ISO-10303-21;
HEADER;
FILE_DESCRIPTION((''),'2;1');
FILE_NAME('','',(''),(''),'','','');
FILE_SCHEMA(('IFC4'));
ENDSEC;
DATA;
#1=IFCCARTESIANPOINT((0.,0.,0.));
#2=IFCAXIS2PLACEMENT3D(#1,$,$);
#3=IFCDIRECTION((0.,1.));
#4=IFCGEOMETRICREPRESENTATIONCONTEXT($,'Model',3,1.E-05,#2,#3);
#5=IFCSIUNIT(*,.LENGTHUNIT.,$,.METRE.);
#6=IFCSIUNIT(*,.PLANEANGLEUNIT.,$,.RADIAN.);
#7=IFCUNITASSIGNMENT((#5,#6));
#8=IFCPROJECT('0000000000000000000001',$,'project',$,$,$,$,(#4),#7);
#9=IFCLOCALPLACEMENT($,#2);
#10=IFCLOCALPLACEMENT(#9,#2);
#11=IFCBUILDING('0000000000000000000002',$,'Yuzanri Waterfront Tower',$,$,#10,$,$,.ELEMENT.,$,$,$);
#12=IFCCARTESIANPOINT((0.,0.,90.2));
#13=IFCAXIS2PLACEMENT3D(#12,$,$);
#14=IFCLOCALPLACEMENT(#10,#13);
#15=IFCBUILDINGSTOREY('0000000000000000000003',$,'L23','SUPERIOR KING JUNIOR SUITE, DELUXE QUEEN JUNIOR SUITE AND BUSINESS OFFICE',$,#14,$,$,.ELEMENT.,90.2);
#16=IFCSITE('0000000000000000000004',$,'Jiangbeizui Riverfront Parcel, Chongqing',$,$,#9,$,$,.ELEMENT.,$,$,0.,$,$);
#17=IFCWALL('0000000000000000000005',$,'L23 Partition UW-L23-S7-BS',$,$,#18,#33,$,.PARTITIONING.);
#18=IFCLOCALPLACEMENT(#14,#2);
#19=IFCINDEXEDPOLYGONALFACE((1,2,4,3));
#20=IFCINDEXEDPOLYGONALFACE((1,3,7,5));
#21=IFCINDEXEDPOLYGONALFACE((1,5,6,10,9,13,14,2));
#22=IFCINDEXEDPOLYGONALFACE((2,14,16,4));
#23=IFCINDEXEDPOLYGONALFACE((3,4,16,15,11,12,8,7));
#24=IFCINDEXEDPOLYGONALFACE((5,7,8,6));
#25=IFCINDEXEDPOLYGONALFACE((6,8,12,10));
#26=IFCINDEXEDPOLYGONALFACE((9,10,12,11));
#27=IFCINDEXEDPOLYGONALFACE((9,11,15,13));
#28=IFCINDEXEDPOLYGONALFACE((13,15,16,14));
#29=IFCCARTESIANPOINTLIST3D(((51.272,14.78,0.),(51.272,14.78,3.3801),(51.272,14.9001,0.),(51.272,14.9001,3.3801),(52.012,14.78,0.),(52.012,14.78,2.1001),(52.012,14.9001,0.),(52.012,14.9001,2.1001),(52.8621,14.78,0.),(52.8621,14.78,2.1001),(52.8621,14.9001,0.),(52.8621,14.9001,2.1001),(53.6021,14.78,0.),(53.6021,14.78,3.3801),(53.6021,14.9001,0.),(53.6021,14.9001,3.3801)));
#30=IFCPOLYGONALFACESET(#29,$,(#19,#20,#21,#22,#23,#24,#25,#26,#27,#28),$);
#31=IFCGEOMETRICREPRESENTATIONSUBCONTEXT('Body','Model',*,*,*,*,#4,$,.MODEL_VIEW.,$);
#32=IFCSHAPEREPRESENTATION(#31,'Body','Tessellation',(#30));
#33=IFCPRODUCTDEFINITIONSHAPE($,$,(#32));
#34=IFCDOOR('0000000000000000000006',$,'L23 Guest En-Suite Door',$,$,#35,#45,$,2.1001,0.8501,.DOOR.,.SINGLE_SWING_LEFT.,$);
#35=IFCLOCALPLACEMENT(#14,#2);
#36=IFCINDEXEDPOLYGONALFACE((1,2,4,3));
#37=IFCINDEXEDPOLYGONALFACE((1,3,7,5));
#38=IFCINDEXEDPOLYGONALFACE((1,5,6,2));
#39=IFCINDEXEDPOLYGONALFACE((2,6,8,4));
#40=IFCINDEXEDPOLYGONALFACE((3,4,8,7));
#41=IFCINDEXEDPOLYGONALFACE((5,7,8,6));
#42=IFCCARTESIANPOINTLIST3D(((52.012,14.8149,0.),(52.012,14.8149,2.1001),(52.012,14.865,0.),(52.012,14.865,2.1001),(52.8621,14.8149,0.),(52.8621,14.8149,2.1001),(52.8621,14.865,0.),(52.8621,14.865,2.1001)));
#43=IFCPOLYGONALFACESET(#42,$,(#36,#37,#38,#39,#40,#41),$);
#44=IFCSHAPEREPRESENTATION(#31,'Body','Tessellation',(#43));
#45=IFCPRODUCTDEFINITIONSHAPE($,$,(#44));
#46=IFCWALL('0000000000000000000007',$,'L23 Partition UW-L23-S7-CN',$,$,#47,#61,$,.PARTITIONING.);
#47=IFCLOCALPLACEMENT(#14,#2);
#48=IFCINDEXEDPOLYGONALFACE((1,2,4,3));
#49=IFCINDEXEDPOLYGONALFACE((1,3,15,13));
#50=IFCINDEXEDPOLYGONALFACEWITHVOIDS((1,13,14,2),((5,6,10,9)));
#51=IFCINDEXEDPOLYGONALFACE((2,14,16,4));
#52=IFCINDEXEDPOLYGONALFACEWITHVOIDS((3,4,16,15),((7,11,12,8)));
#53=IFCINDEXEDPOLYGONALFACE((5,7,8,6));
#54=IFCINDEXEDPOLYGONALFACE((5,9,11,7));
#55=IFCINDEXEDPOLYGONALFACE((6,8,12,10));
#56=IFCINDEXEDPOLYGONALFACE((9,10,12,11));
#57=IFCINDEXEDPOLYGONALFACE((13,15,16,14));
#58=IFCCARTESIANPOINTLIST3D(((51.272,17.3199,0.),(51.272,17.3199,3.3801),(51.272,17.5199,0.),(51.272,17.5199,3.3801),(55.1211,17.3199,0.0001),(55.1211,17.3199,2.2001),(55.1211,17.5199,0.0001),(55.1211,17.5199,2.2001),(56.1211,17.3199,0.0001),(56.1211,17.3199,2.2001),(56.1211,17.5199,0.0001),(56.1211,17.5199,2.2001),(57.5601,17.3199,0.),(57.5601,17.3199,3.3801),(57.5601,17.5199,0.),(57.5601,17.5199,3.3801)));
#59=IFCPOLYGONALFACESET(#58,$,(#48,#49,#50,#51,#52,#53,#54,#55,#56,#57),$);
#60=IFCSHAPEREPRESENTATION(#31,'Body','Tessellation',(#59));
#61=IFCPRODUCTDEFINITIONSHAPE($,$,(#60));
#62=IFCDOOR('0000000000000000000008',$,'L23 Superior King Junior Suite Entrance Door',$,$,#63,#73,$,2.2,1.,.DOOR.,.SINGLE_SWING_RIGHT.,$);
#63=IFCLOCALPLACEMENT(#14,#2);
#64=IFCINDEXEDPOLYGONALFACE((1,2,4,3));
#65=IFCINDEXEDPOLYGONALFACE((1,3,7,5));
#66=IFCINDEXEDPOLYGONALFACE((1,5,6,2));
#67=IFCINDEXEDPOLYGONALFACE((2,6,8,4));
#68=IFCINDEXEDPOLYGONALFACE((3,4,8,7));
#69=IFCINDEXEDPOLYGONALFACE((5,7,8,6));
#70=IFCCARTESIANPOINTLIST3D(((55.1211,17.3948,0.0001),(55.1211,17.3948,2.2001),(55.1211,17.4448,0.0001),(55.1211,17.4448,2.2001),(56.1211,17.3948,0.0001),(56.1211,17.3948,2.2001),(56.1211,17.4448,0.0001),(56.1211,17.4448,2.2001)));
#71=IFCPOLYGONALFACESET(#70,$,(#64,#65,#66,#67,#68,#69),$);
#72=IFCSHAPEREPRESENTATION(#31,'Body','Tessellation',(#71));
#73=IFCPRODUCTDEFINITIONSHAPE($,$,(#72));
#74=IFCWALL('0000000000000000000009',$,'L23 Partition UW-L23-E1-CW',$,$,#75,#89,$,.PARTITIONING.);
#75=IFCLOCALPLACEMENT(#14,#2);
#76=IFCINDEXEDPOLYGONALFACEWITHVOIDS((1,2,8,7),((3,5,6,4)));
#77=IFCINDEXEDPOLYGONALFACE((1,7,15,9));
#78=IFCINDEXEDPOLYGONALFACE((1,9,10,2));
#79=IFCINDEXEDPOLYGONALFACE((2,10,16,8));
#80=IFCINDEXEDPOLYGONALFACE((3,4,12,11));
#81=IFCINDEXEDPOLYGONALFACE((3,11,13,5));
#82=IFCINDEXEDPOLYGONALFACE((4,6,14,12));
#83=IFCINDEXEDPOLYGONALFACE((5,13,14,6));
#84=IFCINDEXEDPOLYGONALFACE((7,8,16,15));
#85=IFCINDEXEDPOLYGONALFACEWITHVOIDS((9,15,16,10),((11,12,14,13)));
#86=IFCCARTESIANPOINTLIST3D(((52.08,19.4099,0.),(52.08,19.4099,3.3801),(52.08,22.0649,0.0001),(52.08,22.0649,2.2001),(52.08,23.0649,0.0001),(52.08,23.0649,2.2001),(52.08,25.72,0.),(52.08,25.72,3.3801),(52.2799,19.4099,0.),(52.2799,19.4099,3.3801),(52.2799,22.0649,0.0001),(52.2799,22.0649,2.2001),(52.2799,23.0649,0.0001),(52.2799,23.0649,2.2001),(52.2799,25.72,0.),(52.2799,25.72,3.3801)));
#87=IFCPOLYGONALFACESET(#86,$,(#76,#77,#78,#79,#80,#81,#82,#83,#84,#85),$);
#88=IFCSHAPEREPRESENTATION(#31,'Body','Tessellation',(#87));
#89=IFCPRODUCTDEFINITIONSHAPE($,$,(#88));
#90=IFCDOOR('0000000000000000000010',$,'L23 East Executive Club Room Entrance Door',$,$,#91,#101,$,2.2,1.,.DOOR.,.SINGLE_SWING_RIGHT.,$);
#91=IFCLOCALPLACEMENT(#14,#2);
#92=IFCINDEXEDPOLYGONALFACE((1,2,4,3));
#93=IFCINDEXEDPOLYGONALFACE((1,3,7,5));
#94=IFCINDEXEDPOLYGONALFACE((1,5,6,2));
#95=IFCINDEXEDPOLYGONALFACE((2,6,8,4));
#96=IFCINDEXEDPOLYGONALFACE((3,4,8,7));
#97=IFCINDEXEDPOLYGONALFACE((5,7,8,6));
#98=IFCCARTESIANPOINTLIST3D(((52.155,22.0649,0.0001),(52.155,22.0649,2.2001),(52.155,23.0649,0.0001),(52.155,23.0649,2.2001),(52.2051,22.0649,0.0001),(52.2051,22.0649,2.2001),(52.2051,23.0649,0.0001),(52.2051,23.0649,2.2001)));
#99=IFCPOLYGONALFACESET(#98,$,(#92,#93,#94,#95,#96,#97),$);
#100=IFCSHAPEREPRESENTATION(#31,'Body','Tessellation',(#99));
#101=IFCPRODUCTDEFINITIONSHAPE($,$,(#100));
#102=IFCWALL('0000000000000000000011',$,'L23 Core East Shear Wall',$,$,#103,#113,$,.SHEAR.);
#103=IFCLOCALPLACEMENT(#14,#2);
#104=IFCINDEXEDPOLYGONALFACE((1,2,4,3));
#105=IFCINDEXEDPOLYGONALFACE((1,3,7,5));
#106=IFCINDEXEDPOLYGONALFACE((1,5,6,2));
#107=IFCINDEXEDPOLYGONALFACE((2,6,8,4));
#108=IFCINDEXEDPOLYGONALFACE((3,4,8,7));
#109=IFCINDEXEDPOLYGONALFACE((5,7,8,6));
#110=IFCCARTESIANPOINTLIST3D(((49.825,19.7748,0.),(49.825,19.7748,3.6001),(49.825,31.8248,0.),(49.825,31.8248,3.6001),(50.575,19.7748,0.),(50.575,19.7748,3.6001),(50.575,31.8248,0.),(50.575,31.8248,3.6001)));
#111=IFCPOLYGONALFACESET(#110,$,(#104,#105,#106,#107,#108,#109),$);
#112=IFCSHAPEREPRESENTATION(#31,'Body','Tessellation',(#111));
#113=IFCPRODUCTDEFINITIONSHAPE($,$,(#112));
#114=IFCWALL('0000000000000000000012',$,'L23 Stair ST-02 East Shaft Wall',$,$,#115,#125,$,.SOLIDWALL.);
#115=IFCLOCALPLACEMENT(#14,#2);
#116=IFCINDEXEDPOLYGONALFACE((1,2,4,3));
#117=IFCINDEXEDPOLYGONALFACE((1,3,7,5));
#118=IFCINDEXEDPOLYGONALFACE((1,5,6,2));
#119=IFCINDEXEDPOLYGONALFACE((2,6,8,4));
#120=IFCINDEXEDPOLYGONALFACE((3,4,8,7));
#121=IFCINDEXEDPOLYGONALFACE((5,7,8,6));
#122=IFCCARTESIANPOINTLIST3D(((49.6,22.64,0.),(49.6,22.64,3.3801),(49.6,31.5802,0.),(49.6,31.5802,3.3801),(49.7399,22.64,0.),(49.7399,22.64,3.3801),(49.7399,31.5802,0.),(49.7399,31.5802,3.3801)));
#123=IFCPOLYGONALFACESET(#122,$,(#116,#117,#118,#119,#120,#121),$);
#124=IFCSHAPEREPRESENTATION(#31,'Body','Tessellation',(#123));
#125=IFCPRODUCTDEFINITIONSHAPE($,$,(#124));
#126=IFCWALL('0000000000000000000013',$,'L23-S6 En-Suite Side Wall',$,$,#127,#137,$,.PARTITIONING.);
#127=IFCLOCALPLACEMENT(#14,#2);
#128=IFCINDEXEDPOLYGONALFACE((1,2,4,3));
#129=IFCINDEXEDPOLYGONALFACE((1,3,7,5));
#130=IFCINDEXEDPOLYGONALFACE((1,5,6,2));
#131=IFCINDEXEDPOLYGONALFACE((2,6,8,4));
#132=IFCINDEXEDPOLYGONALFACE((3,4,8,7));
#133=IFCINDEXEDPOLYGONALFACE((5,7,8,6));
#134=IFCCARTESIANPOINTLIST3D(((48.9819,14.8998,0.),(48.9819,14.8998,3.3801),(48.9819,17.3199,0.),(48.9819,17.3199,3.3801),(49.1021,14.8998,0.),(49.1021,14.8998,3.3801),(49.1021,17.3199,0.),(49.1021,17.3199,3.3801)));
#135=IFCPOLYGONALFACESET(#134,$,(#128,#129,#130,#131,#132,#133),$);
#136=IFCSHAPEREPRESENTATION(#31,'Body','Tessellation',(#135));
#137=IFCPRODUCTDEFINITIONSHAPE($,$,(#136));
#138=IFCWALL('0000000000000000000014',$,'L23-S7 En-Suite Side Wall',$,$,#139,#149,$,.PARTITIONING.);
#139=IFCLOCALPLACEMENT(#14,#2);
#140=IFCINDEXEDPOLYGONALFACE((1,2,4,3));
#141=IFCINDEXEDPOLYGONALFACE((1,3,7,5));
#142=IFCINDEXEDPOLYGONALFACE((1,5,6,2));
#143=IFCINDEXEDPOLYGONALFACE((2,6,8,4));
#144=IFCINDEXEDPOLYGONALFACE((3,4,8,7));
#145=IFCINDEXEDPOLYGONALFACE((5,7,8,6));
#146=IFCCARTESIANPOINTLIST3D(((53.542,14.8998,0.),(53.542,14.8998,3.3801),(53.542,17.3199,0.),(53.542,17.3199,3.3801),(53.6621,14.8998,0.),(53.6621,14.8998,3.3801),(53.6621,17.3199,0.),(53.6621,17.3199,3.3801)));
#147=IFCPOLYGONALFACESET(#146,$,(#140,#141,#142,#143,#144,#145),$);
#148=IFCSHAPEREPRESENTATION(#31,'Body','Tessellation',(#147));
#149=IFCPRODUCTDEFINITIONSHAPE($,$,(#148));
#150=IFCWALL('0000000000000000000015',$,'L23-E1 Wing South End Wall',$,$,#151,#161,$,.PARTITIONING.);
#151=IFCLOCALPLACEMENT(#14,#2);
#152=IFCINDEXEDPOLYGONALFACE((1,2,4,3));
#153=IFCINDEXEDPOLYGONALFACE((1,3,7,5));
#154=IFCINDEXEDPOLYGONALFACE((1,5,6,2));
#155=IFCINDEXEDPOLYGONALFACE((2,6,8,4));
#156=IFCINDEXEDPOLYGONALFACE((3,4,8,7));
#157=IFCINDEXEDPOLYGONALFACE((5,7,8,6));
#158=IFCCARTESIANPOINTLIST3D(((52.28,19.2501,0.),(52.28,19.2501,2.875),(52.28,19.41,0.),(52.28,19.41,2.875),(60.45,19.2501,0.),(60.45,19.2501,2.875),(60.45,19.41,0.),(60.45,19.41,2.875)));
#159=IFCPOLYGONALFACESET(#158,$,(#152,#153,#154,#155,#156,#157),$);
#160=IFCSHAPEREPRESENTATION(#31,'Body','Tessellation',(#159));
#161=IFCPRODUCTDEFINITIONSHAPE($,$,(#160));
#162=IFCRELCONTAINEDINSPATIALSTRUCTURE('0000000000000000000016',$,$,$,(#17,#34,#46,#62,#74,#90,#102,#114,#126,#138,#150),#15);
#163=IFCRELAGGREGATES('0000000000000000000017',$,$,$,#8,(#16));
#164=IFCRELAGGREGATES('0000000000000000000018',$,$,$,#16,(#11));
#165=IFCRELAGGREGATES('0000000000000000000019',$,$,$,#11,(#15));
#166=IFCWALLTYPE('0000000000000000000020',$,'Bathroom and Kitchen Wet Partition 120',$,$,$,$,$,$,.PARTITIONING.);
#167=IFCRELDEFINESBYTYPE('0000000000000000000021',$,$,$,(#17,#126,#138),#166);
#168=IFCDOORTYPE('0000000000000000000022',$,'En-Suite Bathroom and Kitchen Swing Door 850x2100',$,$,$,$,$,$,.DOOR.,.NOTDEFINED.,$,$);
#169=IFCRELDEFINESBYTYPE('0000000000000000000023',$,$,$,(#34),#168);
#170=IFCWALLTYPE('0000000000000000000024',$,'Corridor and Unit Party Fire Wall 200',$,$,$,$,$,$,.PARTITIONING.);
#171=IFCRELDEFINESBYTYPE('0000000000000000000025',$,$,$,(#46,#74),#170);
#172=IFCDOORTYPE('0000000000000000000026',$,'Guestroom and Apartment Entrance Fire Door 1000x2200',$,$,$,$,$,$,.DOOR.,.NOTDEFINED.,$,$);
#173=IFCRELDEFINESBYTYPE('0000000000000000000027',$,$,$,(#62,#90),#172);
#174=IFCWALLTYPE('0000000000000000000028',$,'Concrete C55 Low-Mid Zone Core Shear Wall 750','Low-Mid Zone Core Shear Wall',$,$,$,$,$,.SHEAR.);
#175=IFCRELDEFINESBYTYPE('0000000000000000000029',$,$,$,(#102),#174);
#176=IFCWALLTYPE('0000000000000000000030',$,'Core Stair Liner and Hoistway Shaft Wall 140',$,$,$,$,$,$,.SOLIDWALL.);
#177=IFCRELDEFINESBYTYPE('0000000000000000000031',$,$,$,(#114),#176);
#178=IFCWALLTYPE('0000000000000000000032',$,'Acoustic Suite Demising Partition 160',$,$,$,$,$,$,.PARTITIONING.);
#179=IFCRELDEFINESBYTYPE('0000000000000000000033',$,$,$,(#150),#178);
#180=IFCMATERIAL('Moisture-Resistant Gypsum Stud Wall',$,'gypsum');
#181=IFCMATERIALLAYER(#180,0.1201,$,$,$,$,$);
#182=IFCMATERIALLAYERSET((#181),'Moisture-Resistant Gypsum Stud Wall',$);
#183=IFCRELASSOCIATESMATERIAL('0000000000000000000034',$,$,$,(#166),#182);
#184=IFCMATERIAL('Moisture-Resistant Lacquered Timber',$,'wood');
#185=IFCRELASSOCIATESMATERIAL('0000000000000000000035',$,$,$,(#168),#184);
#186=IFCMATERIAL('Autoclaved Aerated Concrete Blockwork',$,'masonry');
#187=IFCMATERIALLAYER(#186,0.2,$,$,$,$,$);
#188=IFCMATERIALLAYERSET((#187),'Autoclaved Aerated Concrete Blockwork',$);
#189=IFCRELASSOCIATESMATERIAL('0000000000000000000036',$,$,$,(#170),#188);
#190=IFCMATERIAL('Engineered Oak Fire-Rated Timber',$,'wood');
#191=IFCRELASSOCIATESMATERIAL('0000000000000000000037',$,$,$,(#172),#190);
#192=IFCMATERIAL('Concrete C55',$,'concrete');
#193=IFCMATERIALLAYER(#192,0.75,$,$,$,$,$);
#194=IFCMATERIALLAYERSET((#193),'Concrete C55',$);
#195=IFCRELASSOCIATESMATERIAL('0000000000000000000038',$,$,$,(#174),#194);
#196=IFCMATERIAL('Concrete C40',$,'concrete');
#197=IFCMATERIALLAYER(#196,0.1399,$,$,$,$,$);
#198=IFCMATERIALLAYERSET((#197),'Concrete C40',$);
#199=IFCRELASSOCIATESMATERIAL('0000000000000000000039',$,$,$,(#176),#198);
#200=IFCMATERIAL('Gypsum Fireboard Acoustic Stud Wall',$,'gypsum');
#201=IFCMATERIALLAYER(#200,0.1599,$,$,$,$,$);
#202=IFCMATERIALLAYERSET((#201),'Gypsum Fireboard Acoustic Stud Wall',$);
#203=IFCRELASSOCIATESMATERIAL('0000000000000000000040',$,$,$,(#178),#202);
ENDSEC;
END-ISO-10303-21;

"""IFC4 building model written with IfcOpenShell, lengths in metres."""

from ifc_helpers import new_model, si_unit, direction, frame, frame_2d, origin, place, context, subcontext, project, spatial, rectangle, extrude, source, transform, mapped, material, layer, layer_set, type_object, element, fill, save


model = new_model("IFC4")

# Units and contexts
model_context = context("Model", 3, precision=1e-05, world=origin(), true_north=direction((0.0, 1.0)))
body_context = subcontext(model_context, "Body", "Model", "MODEL_VIEW")
ifc_project = project(units=[si_unit("LENGTHUNIT", "METRE"), si_unit("PLANEANGLEUNIT", "RADIAN")], contexts=[model_context])

# Site, building, storey
site_placement = place(None, origin())
site = spatial("IfcSite", under=ifc_project, at=site_placement, Name="Jiangbeizui Riverfront Parcel, Chongqing", CompositionType="ELEMENT", RefElevation=0.0)
building_placement = place(site_placement, origin())
building = spatial("IfcBuilding", under=site, at=building_placement, Name="Yuzanri Waterfront Tower", CompositionType="ELEMENT")
storey_placement = place(building_placement, frame((0.0, 0.0, 90.2)))
storey = spatial("IfcBuildingStorey", under=building, at=storey_placement, Name="L23", Description="SUPERIOR KING JUNIOR SUITE, DELUXE QUEEN JUNIOR SUITE AND BUSINESS OFFICE", CompositionType="ELEMENT", Elevation=90.2)

# Walls, openings, doors
ifc_material_1 = material(Name="Moisture-Resistant Gypsum Stud Wall", Category="gypsum")
ifc_layer_1 = layer(ifc_material_1, 0.1201)
ifc_layer_set_1 = layer_set([ifc_layer_1], Name="Moisture-Resistant Gypsum Stud Wall")
wall_type_1 = type_object("IfcWallType", Name="Bathroom and Kitchen Wet Partition 120", PredefinedType="PARTITIONING", material=ifc_layer_set_1)
wall_1_placement = place(storey_placement, frame((51.272, 14.8401, 0.0), z_axis=(0.0, 0.0, 1.0), x_axis=(1.0, 0.0, 0.0)))
wall_1 = element("IfcWall", 1, at=wall_1_placement, inside=storey, type_object=wall_type_1, Name="L23 Partition UW-L23-S7-BS", PredefinedType="PARTITIONING", context=body_context, shape_type="SweptSolid", body=[
    extrude(rectangle(XDim=2.3301, YDim=0.1201, at=frame_2d((1.165, 0.0))), origin(), (0.0, 0.0, 1.0), 3.3801),
])
opening_1_placement = place(wall_1_placement, frame((0.74, 0.0, 0.0)))
opening_1 = element("IfcOpeningElement", 2, at=opening_1_placement, cuts=wall_1, PredefinedType="OPENING", context=body_context, shape_type="SweptSolid", body=[
    extrude(rectangle(XDim=0.8501, YDim=2.1001, at=frame_2d((0.425, 1.05))), frame((0.0, 0.075, 0.0), z_axis=(0.0, -1.0, 0.0), x_axis=(1.0, 0.0, 0.0)), (0.0, 0.0, 1.0), 0.1499),
])
ifc_material_2 = material(Name="Moisture-Resistant Lacquered Timber", Category="wood")
door_type_1 = type_object("IfcDoorType", Name="En-Suite Bathroom and Kitchen Swing Door 850x2100", OperationType="NOTDEFINED", PredefinedType="DOOR", material=ifc_material_2)
shared_shape_1 = source(origin(), body_context, "Body", "SweptSolid", [
    extrude(rectangle(XDim=0.8501, YDim=2.1001, at=frame_2d((0.425, 1.05))), frame((0.0, 0.0249, 0.0), z_axis=(0.0, -1.0, 0.0), x_axis=(1.0, 0.0, 0.0)), (0.0, 0.0, 1.0), 0.05),
])
door_1_placement = place(opening_1_placement, origin())
door_1 = element("IfcDoor", 3, at=door_1_placement, inside=storey, type_object=door_type_1, Name="L23 Guest En-Suite Door", OperationType="SINGLE_SWING_LEFT", OverallHeight=2.1001, OverallWidth=0.8501, PredefinedType="DOOR", context=body_context, shape_type="MappedRepresentation", body=[
    mapped(shared_shape_1, transform((0.0, 0.0, 0.0), scale=1.0)),
])
fill(opening_1, door_1)
ifc_material_3 = material(Name="Autoclaved Aerated Concrete Blockwork", Category="masonry")
ifc_layer_2 = layer(ifc_material_3, 0.2)
ifc_layer_set_2 = layer_set([ifc_layer_2], Name="Autoclaved Aerated Concrete Blockwork")
wall_type_2 = type_object("IfcWallType", Name="Corridor and Unit Party Fire Wall 200", PredefinedType="PARTITIONING", material=ifc_layer_set_2)
wall_2_placement = place(storey_placement, frame((51.272, 17.4199, 0.0), z_axis=(0.0, 0.0, 1.0), x_axis=(1.0, 0.0, 0.0)))
wall_2 = element("IfcWall", 4, at=wall_2_placement, inside=storey, type_object=wall_type_2, Name="L23 Partition UW-L23-S7-CN", PredefinedType="PARTITIONING", context=body_context, shape_type="SweptSolid", body=[
    extrude(rectangle(XDim=6.2881, YDim=0.2, at=frame_2d((3.144, 0.0))), origin(), (0.0, 0.0, 1.0), 3.3801),
])
opening_2_placement = place(wall_2_placement, frame((3.8491, 0.0, 0.0)))
opening_2 = element("IfcOpeningElement", 5, at=opening_2_placement, cuts=wall_2, PredefinedType="OPENING", context=body_context, shape_type="SweptSolid", body=[
    extrude(rectangle(XDim=1.0, YDim=2.2, at=frame_2d((0.5, 1.1001))), frame((0.0, 0.1147, 0.0), z_axis=(0.0, -1.0, 0.0), x_axis=(1.0, 0.0, 0.0)), (0.0, 0.0, 1.0), 0.2297),
])
ifc_material_4 = material(Name="Engineered Oak Fire-Rated Timber", Category="wood")
door_type_2 = type_object("IfcDoorType", Name="Guestroom and Apartment Entrance Fire Door 1000x2200", OperationType="NOTDEFINED", PredefinedType="DOOR", material=ifc_material_4)
shared_shape_2 = source(origin(), body_context, "Body", "SweptSolid", [
    extrude(rectangle(XDim=1.0, YDim=2.2, at=frame_2d((0.5, 1.1001))), frame((0.0, 0.0249, 0.0), z_axis=(0.0, -1.0, 0.0), x_axis=(1.0, 0.0, 0.0)), (0.0, 0.0, 1.0), 0.05),
])
door_2_placement = place(opening_2_placement, origin())
door_2 = element("IfcDoor", 6, at=door_2_placement, inside=storey, type_object=door_type_2, Name="L23 Superior King Junior Suite Entrance Door", OperationType="SINGLE_SWING_RIGHT", OverallHeight=2.2, OverallWidth=1.0, PredefinedType="DOOR", context=body_context, shape_type="MappedRepresentation", body=[
    mapped(shared_shape_2, transform((0.0, 0.0, 0.0), scale=1.0)),
])
fill(opening_2, door_2)
wall_3_placement = place(storey_placement, frame((52.1799, 19.4099, 0.0), z_axis=(0.0, 0.0, 1.0), x_axis=(0.0, 1.0, 0.0)))
wall_3 = element("IfcWall", 7, at=wall_3_placement, inside=storey, type_object=wall_type_2, Name="L23 Partition UW-L23-E1-CW", PredefinedType="PARTITIONING", context=body_context, shape_type="SweptSolid", body=[
    extrude(rectangle(XDim=6.3101, YDim=0.2, at=frame_2d((3.155, 0.0))), origin(), (0.0, 0.0, 1.0), 3.3801),
])
opening_3_placement = place(wall_3_placement, frame((2.655, 0.0, 0.0)))
opening_3 = element("IfcOpeningElement", 8, at=opening_3_placement, cuts=wall_3, PredefinedType="OPENING", context=body_context, shape_type="SweptSolid", body=[
    extrude(rectangle(XDim=1.0, YDim=2.2, at=frame_2d((0.5, 1.1001))), frame((0.0, 0.1147, 0.0), z_axis=(0.0, -1.0, 0.0), x_axis=(1.0, 0.0, 0.0)), (0.0, 0.0, 1.0), 0.2297),
])
door_3_placement = place(opening_3_placement, origin())
door_3 = element("IfcDoor", 9, at=door_3_placement, inside=storey, type_object=door_type_2, Name="L23 East Executive Club Room Entrance Door", OperationType="SINGLE_SWING_RIGHT", OverallHeight=2.2, OverallWidth=1.0, PredefinedType="DOOR", context=body_context, shape_type="MappedRepresentation", body=[
    mapped(shared_shape_2, transform((0.0, 0.0, 0.0), scale=1.0)),
])
fill(opening_3, door_3)

# Walls
ifc_material_5 = material(Name="Concrete C55", Category="concrete")
ifc_layer_3 = layer(ifc_material_5, 0.75)
ifc_layer_set_3 = layer_set([ifc_layer_3], Name="Concrete C55")
wall_type_3 = type_object("IfcWallType", Name="Concrete C55 Low-Mid Zone Core Shear Wall 750", Description="Low-Mid Zone Core Shear Wall", PredefinedType="SHEAR", material=ifc_layer_set_3)
shared_shape_3 = source(origin(), body_context, "Body", "SweptSolid", [
    extrude(rectangle(XDim=12.05, YDim=0.75, at=frame_2d((6.0249, 0.0))), origin(), (0.0, 0.0, 1.0), 3.6001),
])
wall_4_placement = place(storey_placement, frame((50.2, 19.7749, 0.0), z_axis=(0.0, 0.0, 1.0), x_axis=(0.0, 1.0, 0.0)))
element("IfcWall", 10, at=wall_4_placement, inside=storey, type_object=wall_type_3, Name="L23 Core East Shear Wall", PredefinedType="SHEAR", context=body_context, shape_type="MappedRepresentation", body=[
    mapped(shared_shape_3, transform((0.0, 0.0, 0.0), scale=1.0)),
])
ifc_material_6 = material(Name="Concrete C40", Category="concrete")
ifc_layer_4 = layer(ifc_material_6, 0.1399)
ifc_layer_set_4 = layer_set([ifc_layer_4], Name="Concrete C40")
wall_type_4 = type_object("IfcWallType", Name="Core Stair Liner and Hoistway Shaft Wall 140", PredefinedType="SOLIDWALL", material=ifc_layer_set_4)
shared_shape_4 = source(origin(), body_context, "Body", "SweptSolid", [
    extrude(rectangle(XDim=8.9402, YDim=0.1399, at=frame_2d((4.4702, 0.0))), origin(), (0.0, 0.0, 1.0), 3.3801),
])
wall_5_placement = place(storey_placement, frame((49.6699, 22.6399, 0.0), z_axis=(0.0, 0.0, 1.0), x_axis=(0.0, 1.0, 0.0)))
element("IfcWall", 11, at=wall_5_placement, inside=storey, type_object=wall_type_4, Name="L23 Stair ST-02 East Shaft Wall", PredefinedType="SOLIDWALL", context=body_context, shape_type="MappedRepresentation", body=[
    mapped(shared_shape_4, transform((0.0, 0.0, 0.0), scale=1.0)),
])
shared_shape_5 = source(origin(), body_context, "Body", "SweptSolid", [
    extrude(rectangle(XDim=2.4202, YDim=0.1201, at=frame_2d((1.21, 0.0))), origin(), (0.0, 0.0, 1.0), 3.3801),
])
for number, where, z_axis, x_axis, name in (
    (12, (49.042, 14.8999, 0.0), (0.0, 0.0, 1.0), (0.0, 1.0, 0.0), "L23-S6 En-Suite Side Wall"),
    (13, (53.6021, 14.8999, 0.0), (0.0, 0.0, 1.0), (0.0, 1.0, 0.0), "L23-S7 En-Suite Side Wall"),
):
    element("IfcWall", number, at=place(storey_placement, frame(where, z_axis=z_axis, x_axis=x_axis)), inside=storey, type_object=wall_type_1, Name=name, PredefinedType="PARTITIONING", context=body_context, shape_type="MappedRepresentation", body=[
        mapped(shared_shape_5, transform((0.0, 0.0, 0.0), scale=1.0)),
    ])
ifc_material_7 = material(Name="Gypsum Fireboard Acoustic Stud Wall", Category="gypsum")
ifc_layer_5 = layer(ifc_material_7, 0.1599)
ifc_layer_set_5 = layer_set([ifc_layer_5], Name="Gypsum Fireboard Acoustic Stud Wall")
wall_type_5 = type_object("IfcWallType", Name="Acoustic Suite Demising Partition 160", PredefinedType="PARTITIONING", material=ifc_layer_set_5)
shared_shape_6 = source(origin(), body_context, "Body", "SweptSolid", [
    extrude(rectangle(XDim=8.1699, YDim=0.1599, at=frame_2d((4.085, 0.0))), origin(), (0.0, 0.0, 1.0), 2.875),
])
wall_6_placement = place(storey_placement, frame((52.28, 19.3301, 0.0), z_axis=(0.0, 0.0, 1.0), x_axis=(1.0, 0.0, 0.0)))
element("IfcWall", 14, at=wall_6_placement, inside=storey, type_object=wall_type_5, Name="L23-E1 Wing South End Wall", PredefinedType="PARTITIONING", context=body_context, shape_type="MappedRepresentation", body=[
    mapped(shared_shape_6, transform((0.0, 0.0, 0.0), scale=1.0)),
])

save(model, "model.ifc")
